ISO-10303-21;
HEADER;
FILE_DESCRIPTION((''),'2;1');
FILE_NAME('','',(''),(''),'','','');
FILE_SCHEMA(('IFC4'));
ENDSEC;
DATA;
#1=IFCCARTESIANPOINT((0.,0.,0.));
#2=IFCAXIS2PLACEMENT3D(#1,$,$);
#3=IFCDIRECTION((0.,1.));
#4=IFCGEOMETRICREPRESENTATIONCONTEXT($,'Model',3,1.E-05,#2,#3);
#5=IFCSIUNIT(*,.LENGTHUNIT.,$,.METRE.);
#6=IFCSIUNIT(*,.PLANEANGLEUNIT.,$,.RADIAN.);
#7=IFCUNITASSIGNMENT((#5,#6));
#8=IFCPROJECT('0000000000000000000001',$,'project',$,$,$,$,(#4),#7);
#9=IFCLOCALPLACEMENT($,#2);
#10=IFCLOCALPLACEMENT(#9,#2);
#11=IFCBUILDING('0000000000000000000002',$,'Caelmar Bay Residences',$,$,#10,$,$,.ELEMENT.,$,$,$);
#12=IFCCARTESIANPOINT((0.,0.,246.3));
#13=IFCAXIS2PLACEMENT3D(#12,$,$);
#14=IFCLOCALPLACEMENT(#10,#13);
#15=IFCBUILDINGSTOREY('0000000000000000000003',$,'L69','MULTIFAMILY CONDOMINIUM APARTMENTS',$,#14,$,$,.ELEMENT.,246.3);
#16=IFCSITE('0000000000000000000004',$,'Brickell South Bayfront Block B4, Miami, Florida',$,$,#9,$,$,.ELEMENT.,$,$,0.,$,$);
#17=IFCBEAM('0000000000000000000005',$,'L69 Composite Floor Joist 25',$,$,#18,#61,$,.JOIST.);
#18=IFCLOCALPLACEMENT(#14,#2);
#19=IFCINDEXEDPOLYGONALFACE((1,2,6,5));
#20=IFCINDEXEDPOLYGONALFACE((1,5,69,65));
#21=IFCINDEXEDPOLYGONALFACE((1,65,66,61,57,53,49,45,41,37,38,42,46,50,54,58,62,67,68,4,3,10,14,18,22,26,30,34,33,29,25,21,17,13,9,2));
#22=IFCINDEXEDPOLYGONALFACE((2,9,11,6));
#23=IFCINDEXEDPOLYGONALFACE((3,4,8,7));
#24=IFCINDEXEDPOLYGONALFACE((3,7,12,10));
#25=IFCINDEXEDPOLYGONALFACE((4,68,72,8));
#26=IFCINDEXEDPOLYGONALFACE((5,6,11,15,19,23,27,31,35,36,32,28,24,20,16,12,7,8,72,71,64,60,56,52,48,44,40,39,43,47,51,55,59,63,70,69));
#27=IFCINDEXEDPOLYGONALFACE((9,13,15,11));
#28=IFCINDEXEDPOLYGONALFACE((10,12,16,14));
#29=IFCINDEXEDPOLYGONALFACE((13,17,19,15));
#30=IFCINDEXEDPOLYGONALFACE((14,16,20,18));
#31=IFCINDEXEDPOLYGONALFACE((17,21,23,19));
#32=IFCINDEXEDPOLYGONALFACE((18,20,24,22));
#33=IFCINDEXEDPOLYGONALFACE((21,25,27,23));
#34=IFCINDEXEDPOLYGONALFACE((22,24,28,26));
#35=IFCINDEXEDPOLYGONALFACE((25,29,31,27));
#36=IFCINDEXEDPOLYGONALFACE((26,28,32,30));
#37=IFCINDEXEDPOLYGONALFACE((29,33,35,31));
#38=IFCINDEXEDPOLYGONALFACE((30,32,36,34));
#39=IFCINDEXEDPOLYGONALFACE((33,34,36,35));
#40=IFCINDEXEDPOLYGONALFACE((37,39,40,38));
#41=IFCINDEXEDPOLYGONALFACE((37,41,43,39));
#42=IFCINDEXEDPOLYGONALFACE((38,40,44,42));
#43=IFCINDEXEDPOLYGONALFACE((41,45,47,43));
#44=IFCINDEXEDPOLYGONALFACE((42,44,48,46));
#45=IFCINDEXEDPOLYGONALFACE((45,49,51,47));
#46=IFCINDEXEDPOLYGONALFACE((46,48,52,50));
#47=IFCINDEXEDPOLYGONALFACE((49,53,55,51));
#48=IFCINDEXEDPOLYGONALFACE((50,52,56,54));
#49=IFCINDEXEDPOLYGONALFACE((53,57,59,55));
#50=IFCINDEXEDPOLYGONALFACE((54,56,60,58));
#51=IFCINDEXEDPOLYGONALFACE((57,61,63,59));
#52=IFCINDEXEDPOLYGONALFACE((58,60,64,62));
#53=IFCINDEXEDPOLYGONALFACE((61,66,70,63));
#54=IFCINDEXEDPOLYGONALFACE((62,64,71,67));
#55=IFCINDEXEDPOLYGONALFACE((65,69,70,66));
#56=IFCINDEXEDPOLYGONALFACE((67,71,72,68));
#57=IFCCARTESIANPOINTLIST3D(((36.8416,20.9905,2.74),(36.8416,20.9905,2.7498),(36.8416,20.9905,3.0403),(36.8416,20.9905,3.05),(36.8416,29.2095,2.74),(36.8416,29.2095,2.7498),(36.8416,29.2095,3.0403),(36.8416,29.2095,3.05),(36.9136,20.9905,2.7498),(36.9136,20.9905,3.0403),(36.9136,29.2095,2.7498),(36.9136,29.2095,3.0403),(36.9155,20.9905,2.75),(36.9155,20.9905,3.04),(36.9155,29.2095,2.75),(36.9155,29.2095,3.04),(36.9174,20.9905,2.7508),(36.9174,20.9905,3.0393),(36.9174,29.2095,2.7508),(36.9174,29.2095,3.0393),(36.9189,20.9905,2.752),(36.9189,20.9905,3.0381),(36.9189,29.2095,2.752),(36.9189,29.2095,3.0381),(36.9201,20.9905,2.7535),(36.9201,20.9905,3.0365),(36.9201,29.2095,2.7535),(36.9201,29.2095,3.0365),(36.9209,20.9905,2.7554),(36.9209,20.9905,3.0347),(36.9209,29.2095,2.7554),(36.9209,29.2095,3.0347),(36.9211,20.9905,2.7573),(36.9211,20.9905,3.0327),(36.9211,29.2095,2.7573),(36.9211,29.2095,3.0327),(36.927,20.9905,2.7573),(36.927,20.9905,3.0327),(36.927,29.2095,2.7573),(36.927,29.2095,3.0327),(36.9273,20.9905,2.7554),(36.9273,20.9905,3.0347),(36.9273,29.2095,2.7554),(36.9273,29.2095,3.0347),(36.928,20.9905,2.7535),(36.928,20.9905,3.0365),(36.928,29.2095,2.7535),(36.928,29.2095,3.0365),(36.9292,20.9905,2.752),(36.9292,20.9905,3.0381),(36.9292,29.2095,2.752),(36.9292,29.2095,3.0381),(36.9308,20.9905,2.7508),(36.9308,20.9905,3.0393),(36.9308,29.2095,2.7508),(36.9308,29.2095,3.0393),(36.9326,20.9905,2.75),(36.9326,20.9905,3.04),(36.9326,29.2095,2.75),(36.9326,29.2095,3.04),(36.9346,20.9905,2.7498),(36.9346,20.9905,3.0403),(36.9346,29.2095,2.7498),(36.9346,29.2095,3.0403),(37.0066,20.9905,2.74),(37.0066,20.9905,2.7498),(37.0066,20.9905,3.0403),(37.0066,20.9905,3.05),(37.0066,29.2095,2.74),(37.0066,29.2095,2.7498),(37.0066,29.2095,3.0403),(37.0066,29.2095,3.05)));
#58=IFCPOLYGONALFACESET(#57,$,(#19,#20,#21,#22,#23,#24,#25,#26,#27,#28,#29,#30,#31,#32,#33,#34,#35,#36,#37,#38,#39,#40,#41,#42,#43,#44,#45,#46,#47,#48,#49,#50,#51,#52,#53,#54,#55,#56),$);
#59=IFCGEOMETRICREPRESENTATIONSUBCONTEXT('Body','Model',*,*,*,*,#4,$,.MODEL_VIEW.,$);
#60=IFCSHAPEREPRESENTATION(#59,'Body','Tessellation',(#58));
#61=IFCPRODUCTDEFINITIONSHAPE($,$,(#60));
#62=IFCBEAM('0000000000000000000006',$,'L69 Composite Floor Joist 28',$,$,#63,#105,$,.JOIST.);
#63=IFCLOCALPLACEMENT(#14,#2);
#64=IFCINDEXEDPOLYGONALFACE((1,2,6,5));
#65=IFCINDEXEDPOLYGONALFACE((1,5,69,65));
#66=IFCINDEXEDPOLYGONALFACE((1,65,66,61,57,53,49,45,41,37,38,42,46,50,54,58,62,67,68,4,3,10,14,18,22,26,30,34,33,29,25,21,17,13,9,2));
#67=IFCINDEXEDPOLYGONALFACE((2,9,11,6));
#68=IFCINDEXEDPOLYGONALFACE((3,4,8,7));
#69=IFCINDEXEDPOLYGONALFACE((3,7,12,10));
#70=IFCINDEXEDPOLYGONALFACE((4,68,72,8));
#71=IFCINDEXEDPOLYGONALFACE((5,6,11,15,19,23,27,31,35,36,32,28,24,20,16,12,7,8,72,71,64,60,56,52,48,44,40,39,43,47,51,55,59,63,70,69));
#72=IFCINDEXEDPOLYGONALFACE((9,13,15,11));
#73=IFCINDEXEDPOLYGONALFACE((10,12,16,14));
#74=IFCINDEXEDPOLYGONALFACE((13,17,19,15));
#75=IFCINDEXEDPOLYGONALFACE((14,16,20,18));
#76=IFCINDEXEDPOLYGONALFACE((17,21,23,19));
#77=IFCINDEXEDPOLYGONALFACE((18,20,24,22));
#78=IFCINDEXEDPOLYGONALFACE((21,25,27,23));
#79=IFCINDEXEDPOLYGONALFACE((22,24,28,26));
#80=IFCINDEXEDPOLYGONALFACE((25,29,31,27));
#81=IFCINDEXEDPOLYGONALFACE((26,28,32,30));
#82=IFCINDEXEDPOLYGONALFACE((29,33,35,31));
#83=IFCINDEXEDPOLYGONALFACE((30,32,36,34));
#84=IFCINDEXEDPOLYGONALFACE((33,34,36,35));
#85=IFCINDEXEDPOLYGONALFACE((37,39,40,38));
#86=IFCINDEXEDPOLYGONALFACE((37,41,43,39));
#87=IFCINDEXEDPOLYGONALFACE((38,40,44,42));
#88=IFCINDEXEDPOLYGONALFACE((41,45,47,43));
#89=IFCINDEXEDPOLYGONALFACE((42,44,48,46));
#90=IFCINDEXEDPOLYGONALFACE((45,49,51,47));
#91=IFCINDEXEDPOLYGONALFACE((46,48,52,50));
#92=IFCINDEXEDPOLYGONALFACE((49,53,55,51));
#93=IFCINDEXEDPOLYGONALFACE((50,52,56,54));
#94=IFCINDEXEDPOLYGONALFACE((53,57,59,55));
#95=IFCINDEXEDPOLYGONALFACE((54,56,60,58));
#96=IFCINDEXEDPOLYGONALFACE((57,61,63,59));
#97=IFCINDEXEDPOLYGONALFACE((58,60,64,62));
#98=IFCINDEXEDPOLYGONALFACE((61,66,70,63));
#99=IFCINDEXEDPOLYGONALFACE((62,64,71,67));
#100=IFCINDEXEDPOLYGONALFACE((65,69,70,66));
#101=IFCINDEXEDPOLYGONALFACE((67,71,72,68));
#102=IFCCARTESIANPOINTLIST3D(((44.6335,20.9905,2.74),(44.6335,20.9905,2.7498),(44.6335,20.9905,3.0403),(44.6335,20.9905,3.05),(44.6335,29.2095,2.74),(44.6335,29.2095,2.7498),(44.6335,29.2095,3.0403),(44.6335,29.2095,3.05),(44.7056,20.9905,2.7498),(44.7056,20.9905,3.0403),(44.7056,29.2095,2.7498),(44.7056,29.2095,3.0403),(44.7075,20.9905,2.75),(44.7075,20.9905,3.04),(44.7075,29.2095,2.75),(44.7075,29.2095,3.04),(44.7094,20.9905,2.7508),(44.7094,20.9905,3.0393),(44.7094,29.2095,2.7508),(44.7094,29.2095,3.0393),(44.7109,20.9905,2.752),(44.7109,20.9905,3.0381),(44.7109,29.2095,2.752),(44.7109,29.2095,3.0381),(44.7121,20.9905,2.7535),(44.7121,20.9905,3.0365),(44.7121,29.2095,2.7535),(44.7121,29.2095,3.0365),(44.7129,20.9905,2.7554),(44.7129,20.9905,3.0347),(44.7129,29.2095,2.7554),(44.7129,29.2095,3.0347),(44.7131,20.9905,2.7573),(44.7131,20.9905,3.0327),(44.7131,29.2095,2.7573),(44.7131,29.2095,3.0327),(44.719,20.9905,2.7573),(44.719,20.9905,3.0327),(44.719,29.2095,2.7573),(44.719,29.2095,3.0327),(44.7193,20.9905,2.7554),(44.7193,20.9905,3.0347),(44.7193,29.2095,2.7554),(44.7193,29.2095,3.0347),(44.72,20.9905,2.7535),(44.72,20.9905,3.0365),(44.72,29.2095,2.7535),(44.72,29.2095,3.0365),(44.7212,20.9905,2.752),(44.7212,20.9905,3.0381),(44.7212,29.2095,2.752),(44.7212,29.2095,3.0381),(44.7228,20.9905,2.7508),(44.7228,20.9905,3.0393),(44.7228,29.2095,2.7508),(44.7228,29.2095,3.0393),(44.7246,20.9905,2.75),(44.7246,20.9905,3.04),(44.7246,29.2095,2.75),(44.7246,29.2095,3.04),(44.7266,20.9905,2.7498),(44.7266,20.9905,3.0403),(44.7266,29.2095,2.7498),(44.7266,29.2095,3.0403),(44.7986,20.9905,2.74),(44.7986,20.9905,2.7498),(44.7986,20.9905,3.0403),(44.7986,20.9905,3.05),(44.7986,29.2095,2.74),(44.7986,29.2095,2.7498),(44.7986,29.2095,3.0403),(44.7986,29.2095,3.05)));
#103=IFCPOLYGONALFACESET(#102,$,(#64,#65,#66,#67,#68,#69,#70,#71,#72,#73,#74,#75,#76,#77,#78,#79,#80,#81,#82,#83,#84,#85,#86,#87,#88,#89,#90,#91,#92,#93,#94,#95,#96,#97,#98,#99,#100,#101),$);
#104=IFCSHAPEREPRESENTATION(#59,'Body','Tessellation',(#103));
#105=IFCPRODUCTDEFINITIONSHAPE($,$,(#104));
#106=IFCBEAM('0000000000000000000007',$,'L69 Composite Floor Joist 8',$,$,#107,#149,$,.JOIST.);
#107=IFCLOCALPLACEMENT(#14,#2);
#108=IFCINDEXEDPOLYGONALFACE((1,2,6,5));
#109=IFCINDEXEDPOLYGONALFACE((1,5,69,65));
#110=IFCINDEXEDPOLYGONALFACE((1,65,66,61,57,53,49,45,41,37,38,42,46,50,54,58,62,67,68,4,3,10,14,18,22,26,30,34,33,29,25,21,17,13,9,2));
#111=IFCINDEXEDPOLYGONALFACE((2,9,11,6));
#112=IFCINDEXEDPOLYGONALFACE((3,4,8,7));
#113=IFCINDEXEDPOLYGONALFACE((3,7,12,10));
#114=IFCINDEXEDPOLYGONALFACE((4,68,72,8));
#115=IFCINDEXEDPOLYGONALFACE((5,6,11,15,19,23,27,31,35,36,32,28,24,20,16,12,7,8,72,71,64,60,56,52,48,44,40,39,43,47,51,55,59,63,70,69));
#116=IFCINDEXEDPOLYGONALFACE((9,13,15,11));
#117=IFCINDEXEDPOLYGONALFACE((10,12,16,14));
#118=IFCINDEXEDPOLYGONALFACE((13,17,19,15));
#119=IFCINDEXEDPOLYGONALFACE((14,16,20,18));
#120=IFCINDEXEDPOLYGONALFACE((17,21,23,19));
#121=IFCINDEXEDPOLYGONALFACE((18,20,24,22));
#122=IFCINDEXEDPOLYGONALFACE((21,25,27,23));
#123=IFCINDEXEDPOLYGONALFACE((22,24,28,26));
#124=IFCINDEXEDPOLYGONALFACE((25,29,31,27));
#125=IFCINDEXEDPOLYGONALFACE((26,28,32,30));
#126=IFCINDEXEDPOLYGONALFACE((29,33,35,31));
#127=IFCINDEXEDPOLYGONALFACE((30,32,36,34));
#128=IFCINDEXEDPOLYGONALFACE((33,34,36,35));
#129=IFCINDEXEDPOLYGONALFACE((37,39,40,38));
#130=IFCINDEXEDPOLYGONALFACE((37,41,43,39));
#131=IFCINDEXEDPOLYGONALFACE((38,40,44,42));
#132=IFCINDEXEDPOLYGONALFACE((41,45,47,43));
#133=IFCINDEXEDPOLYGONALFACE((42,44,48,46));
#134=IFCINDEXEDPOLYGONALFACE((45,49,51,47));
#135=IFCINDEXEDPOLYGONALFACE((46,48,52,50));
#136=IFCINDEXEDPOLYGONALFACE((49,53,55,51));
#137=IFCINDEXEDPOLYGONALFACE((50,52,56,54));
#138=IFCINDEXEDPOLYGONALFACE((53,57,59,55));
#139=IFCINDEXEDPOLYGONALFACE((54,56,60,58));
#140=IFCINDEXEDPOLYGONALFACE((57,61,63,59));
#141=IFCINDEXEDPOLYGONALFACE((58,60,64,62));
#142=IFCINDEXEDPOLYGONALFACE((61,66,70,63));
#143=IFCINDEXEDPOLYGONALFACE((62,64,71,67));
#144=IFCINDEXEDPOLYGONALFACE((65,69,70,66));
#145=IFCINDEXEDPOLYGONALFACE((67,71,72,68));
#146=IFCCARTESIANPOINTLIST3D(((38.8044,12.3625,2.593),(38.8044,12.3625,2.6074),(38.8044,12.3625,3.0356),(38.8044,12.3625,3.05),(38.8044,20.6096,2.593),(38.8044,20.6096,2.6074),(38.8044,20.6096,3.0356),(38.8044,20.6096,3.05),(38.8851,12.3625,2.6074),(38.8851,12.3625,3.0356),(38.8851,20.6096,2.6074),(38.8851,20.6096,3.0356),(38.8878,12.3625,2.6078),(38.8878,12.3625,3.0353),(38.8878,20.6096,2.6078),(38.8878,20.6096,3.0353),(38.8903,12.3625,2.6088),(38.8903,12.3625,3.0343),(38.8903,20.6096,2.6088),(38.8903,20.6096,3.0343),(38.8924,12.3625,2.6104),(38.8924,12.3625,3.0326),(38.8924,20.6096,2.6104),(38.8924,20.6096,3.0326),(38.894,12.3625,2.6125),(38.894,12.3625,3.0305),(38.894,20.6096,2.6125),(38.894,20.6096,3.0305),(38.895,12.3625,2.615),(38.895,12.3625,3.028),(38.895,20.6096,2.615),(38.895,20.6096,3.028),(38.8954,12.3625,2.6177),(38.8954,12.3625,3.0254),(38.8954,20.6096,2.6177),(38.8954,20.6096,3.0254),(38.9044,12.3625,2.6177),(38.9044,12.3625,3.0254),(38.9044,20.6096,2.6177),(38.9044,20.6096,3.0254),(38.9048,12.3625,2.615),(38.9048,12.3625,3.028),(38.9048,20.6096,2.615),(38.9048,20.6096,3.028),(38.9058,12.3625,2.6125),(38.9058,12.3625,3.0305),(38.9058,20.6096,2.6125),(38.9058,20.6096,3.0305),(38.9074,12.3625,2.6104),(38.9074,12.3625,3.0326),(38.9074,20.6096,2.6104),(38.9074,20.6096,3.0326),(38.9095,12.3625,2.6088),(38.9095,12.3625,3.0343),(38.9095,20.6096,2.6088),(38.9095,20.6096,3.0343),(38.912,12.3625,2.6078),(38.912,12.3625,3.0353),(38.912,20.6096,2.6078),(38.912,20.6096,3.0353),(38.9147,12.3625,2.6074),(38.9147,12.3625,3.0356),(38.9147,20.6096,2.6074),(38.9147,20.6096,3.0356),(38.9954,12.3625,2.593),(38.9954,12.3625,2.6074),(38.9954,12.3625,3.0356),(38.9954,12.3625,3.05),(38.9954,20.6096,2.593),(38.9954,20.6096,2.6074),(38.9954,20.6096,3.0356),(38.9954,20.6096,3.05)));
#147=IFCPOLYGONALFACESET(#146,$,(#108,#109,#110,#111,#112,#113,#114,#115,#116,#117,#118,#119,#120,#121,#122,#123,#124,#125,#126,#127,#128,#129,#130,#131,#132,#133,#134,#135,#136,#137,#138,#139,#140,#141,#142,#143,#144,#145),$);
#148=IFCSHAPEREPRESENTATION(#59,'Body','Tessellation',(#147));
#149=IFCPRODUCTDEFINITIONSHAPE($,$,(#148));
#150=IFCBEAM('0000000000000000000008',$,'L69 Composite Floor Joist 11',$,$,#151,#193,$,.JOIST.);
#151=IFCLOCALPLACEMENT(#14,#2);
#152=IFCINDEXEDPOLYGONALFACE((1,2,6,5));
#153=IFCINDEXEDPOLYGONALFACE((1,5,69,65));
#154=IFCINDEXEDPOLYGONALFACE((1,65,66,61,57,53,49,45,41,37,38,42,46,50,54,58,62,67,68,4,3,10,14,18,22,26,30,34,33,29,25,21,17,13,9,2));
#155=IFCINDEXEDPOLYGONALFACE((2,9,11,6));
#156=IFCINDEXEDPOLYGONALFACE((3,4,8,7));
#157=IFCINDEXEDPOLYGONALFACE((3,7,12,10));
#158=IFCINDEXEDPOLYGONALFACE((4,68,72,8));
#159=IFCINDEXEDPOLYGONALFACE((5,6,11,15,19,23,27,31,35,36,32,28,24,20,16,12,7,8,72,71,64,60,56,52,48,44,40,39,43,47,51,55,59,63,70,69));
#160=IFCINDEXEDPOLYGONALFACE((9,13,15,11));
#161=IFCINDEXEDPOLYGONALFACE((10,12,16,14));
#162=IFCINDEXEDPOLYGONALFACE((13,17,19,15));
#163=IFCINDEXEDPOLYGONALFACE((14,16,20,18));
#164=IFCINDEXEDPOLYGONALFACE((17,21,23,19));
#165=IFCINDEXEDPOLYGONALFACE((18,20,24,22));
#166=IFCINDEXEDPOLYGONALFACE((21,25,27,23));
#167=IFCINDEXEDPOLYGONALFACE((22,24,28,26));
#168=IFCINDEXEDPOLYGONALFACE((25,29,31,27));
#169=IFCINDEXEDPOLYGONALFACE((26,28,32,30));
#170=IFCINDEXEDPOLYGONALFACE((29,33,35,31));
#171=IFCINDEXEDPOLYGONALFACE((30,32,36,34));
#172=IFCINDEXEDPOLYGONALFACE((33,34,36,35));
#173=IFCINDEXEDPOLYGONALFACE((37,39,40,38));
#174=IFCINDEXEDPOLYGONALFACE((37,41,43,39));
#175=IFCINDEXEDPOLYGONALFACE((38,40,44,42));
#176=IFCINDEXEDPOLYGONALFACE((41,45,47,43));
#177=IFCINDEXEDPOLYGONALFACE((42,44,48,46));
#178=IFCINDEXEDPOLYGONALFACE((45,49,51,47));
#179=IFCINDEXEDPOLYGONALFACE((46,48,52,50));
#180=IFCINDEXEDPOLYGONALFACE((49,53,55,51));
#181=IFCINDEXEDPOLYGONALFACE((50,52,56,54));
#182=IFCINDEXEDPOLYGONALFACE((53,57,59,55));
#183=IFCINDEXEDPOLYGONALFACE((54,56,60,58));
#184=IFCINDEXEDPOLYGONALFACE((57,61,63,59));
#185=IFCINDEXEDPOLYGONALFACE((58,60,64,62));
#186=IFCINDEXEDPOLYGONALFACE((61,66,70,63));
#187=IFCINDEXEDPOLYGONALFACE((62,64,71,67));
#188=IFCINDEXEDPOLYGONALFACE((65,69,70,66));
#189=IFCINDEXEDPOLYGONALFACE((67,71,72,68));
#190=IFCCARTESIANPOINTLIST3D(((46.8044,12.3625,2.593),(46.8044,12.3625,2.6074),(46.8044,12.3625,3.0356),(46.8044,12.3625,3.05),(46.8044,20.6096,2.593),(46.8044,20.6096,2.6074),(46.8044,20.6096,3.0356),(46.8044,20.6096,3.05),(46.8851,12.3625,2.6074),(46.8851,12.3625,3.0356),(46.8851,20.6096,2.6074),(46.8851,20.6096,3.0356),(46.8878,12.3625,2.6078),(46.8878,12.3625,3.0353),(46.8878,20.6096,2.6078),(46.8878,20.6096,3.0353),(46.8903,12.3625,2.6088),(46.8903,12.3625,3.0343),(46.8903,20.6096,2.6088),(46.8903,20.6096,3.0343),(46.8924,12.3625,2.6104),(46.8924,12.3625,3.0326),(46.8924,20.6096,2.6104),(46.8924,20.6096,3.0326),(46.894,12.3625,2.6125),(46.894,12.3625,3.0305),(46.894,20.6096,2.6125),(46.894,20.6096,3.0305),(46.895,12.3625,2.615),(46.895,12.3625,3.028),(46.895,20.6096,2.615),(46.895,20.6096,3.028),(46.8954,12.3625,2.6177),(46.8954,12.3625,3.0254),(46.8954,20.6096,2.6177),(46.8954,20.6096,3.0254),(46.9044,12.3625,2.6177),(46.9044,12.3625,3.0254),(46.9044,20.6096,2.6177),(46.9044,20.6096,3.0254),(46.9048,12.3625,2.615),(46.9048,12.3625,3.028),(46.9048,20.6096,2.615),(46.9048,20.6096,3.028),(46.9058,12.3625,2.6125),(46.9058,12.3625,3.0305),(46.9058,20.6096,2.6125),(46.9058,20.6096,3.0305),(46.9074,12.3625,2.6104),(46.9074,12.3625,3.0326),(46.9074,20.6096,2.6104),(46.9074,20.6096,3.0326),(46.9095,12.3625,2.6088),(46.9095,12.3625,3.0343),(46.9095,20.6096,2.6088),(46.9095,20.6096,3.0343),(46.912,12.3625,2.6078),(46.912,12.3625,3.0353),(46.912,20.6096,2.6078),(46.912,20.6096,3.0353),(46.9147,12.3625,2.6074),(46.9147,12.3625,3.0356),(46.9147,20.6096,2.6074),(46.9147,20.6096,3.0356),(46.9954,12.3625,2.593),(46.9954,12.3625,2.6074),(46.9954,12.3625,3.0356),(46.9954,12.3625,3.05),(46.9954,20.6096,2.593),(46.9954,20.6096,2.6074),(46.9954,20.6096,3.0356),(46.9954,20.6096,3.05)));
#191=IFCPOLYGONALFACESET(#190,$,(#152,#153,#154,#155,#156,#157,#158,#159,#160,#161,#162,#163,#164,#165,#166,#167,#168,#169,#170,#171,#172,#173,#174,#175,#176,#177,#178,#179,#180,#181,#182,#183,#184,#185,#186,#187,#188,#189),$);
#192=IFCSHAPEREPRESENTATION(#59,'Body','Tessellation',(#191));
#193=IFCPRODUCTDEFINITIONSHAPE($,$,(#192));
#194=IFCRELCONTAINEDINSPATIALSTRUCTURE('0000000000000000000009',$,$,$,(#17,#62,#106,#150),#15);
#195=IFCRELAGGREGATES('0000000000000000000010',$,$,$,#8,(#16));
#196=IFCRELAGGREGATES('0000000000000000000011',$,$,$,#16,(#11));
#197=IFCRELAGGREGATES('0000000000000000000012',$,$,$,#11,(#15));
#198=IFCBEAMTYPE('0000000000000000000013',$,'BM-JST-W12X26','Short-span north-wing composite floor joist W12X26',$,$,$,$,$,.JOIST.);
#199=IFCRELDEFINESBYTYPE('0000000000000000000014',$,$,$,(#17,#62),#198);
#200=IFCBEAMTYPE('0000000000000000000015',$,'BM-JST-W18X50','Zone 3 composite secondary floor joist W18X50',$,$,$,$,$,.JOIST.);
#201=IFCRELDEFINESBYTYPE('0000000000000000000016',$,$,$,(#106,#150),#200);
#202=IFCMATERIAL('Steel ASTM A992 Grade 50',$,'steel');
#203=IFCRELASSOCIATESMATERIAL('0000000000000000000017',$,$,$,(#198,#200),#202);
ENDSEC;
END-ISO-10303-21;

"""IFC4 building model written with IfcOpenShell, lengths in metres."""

from ifc_helpers import new_model, si_unit, direction, frame, origin, origin_2d, place, context, subcontext, project, spatial, i_section, extrude, material, material_profile, profile_set, type_object, element, save


model = new_model("IFC4")

# Units and contexts
model_context = context("Model", 3, precision=1e-05, world=origin(), true_north=direction((0.0, 1.0)))
body_context = subcontext(model_context, "Body", "Model", "MODEL_VIEW")
ifc_project = project(units=[si_unit("LENGTHUNIT", "METRE"), si_unit("PLANEANGLEUNIT", "RADIAN")], contexts=[model_context])

# Site, building, storey
site_placement = place(None, origin())
site = spatial("IfcSite", under=ifc_project, at=site_placement, Name="Brickell South Bayfront Block B4, Miami, Florida", CompositionType="ELEMENT", RefElevation=0.0)
building_placement = place(site_placement, origin())
building = spatial("IfcBuilding", under=site, at=building_placement, Name="Caelmar Bay Residences", CompositionType="ELEMENT")
storey_placement = place(building_placement, frame((0.0, 0.0, 246.3)))
storey = spatial("IfcBuildingStorey", under=building, at=storey_placement, Name="L69", Description="MULTIFAMILY CONDOMINIUM APARTMENTS", CompositionType="ELEMENT", Elevation=246.3)

# Beams
ifc_material_1 = material(Name="Steel ASTM A992 Grade 50", Category="steel")
ifc_material_profile_1 = material_profile(ifc_material_1, i_section(OverallWidth=0.165, OverallDepth=0.3101, WebThickness=0.0059, FlangeThickness=0.0098, FilletRadius=0.0076, at=origin_2d()), Name="W12X26")
ifc_profile_set_1 = profile_set([ifc_material_profile_1], Name="Steel ASTM A992 Grade 50")
beam_type_1 = type_object("IfcBeamType", Name="BM-JST-W12X26", Description="Short-span north-wing composite floor joist W12X26", PredefinedType="JOIST", material=ifc_profile_set_1)
for number, where, z_axis, x_axis, name in (
    (1, (36.9241, 20.9905, 2.895), (0.0, 1.0, 0.0), (-1.0, 0.0, 0.0), "L69 Composite Floor Joist 25"),
    (2, (44.7161, 20.9905, 2.895), (0.0, 1.0, 0.0), (-1.0, 0.0, 0.0), "L69 Composite Floor Joist 28"),
):
    element("IfcBeam", number, at=place(storey_placement, frame(where, z_axis=z_axis, x_axis=x_axis)), inside=storey, type_object=beam_type_1, Name=name, PredefinedType="JOIST", context=body_context, shape_type="SweptSolid", body=[
        extrude(i_section(OverallWidth=0.165, OverallDepth=0.3101, WebThickness=0.0059, FlangeThickness=0.0098, FilletRadius=0.0076, at=origin_2d()), origin(), (0.0, 0.0, 1.0), 8.219),
    ])
ifc_material_profile_2 = material_profile(ifc_material_1, i_section(OverallWidth=0.1909, OverallDepth=0.457, WebThickness=0.009, FlangeThickness=0.0144, FilletRadius=0.0103, at=origin_2d()), Name="W18X50")
ifc_profile_set_2 = profile_set([ifc_material_profile_2], Name="Steel ASTM A992 Grade 50")
beam_type_2 = type_object("IfcBeamType", Name="BM-JST-W18X50", Description="Zone 3 composite secondary floor joist W18X50", PredefinedType="JOIST", material=ifc_profile_set_2)
for number, where, z_axis, x_axis, name in (
    (3, (38.8999, 12.3625, 2.8215), (0.0, 1.0, 0.0), (-1.0, 0.0, 0.0), "L69 Composite Floor Joist 8"),
    (4, (46.8999, 12.3625, 2.8215), (0.0, 1.0, 0.0), (-1.0, 0.0, 0.0), "L69 Composite Floor Joist 11"),
):
    element("IfcBeam", number, at=place(storey_placement, frame(where, z_axis=z_axis, x_axis=x_axis)), inside=storey, type_object=beam_type_2, Name=name, PredefinedType="JOIST", context=body_context, shape_type="SweptSolid", body=[
        extrude(i_section(OverallWidth=0.1909, OverallDepth=0.457, WebThickness=0.009, FlangeThickness=0.0144, FilletRadius=0.0103, at=origin_2d()), origin(), (0.0, 0.0, 1.0), 8.2471),
    ])

save(model, "model.ifc")
